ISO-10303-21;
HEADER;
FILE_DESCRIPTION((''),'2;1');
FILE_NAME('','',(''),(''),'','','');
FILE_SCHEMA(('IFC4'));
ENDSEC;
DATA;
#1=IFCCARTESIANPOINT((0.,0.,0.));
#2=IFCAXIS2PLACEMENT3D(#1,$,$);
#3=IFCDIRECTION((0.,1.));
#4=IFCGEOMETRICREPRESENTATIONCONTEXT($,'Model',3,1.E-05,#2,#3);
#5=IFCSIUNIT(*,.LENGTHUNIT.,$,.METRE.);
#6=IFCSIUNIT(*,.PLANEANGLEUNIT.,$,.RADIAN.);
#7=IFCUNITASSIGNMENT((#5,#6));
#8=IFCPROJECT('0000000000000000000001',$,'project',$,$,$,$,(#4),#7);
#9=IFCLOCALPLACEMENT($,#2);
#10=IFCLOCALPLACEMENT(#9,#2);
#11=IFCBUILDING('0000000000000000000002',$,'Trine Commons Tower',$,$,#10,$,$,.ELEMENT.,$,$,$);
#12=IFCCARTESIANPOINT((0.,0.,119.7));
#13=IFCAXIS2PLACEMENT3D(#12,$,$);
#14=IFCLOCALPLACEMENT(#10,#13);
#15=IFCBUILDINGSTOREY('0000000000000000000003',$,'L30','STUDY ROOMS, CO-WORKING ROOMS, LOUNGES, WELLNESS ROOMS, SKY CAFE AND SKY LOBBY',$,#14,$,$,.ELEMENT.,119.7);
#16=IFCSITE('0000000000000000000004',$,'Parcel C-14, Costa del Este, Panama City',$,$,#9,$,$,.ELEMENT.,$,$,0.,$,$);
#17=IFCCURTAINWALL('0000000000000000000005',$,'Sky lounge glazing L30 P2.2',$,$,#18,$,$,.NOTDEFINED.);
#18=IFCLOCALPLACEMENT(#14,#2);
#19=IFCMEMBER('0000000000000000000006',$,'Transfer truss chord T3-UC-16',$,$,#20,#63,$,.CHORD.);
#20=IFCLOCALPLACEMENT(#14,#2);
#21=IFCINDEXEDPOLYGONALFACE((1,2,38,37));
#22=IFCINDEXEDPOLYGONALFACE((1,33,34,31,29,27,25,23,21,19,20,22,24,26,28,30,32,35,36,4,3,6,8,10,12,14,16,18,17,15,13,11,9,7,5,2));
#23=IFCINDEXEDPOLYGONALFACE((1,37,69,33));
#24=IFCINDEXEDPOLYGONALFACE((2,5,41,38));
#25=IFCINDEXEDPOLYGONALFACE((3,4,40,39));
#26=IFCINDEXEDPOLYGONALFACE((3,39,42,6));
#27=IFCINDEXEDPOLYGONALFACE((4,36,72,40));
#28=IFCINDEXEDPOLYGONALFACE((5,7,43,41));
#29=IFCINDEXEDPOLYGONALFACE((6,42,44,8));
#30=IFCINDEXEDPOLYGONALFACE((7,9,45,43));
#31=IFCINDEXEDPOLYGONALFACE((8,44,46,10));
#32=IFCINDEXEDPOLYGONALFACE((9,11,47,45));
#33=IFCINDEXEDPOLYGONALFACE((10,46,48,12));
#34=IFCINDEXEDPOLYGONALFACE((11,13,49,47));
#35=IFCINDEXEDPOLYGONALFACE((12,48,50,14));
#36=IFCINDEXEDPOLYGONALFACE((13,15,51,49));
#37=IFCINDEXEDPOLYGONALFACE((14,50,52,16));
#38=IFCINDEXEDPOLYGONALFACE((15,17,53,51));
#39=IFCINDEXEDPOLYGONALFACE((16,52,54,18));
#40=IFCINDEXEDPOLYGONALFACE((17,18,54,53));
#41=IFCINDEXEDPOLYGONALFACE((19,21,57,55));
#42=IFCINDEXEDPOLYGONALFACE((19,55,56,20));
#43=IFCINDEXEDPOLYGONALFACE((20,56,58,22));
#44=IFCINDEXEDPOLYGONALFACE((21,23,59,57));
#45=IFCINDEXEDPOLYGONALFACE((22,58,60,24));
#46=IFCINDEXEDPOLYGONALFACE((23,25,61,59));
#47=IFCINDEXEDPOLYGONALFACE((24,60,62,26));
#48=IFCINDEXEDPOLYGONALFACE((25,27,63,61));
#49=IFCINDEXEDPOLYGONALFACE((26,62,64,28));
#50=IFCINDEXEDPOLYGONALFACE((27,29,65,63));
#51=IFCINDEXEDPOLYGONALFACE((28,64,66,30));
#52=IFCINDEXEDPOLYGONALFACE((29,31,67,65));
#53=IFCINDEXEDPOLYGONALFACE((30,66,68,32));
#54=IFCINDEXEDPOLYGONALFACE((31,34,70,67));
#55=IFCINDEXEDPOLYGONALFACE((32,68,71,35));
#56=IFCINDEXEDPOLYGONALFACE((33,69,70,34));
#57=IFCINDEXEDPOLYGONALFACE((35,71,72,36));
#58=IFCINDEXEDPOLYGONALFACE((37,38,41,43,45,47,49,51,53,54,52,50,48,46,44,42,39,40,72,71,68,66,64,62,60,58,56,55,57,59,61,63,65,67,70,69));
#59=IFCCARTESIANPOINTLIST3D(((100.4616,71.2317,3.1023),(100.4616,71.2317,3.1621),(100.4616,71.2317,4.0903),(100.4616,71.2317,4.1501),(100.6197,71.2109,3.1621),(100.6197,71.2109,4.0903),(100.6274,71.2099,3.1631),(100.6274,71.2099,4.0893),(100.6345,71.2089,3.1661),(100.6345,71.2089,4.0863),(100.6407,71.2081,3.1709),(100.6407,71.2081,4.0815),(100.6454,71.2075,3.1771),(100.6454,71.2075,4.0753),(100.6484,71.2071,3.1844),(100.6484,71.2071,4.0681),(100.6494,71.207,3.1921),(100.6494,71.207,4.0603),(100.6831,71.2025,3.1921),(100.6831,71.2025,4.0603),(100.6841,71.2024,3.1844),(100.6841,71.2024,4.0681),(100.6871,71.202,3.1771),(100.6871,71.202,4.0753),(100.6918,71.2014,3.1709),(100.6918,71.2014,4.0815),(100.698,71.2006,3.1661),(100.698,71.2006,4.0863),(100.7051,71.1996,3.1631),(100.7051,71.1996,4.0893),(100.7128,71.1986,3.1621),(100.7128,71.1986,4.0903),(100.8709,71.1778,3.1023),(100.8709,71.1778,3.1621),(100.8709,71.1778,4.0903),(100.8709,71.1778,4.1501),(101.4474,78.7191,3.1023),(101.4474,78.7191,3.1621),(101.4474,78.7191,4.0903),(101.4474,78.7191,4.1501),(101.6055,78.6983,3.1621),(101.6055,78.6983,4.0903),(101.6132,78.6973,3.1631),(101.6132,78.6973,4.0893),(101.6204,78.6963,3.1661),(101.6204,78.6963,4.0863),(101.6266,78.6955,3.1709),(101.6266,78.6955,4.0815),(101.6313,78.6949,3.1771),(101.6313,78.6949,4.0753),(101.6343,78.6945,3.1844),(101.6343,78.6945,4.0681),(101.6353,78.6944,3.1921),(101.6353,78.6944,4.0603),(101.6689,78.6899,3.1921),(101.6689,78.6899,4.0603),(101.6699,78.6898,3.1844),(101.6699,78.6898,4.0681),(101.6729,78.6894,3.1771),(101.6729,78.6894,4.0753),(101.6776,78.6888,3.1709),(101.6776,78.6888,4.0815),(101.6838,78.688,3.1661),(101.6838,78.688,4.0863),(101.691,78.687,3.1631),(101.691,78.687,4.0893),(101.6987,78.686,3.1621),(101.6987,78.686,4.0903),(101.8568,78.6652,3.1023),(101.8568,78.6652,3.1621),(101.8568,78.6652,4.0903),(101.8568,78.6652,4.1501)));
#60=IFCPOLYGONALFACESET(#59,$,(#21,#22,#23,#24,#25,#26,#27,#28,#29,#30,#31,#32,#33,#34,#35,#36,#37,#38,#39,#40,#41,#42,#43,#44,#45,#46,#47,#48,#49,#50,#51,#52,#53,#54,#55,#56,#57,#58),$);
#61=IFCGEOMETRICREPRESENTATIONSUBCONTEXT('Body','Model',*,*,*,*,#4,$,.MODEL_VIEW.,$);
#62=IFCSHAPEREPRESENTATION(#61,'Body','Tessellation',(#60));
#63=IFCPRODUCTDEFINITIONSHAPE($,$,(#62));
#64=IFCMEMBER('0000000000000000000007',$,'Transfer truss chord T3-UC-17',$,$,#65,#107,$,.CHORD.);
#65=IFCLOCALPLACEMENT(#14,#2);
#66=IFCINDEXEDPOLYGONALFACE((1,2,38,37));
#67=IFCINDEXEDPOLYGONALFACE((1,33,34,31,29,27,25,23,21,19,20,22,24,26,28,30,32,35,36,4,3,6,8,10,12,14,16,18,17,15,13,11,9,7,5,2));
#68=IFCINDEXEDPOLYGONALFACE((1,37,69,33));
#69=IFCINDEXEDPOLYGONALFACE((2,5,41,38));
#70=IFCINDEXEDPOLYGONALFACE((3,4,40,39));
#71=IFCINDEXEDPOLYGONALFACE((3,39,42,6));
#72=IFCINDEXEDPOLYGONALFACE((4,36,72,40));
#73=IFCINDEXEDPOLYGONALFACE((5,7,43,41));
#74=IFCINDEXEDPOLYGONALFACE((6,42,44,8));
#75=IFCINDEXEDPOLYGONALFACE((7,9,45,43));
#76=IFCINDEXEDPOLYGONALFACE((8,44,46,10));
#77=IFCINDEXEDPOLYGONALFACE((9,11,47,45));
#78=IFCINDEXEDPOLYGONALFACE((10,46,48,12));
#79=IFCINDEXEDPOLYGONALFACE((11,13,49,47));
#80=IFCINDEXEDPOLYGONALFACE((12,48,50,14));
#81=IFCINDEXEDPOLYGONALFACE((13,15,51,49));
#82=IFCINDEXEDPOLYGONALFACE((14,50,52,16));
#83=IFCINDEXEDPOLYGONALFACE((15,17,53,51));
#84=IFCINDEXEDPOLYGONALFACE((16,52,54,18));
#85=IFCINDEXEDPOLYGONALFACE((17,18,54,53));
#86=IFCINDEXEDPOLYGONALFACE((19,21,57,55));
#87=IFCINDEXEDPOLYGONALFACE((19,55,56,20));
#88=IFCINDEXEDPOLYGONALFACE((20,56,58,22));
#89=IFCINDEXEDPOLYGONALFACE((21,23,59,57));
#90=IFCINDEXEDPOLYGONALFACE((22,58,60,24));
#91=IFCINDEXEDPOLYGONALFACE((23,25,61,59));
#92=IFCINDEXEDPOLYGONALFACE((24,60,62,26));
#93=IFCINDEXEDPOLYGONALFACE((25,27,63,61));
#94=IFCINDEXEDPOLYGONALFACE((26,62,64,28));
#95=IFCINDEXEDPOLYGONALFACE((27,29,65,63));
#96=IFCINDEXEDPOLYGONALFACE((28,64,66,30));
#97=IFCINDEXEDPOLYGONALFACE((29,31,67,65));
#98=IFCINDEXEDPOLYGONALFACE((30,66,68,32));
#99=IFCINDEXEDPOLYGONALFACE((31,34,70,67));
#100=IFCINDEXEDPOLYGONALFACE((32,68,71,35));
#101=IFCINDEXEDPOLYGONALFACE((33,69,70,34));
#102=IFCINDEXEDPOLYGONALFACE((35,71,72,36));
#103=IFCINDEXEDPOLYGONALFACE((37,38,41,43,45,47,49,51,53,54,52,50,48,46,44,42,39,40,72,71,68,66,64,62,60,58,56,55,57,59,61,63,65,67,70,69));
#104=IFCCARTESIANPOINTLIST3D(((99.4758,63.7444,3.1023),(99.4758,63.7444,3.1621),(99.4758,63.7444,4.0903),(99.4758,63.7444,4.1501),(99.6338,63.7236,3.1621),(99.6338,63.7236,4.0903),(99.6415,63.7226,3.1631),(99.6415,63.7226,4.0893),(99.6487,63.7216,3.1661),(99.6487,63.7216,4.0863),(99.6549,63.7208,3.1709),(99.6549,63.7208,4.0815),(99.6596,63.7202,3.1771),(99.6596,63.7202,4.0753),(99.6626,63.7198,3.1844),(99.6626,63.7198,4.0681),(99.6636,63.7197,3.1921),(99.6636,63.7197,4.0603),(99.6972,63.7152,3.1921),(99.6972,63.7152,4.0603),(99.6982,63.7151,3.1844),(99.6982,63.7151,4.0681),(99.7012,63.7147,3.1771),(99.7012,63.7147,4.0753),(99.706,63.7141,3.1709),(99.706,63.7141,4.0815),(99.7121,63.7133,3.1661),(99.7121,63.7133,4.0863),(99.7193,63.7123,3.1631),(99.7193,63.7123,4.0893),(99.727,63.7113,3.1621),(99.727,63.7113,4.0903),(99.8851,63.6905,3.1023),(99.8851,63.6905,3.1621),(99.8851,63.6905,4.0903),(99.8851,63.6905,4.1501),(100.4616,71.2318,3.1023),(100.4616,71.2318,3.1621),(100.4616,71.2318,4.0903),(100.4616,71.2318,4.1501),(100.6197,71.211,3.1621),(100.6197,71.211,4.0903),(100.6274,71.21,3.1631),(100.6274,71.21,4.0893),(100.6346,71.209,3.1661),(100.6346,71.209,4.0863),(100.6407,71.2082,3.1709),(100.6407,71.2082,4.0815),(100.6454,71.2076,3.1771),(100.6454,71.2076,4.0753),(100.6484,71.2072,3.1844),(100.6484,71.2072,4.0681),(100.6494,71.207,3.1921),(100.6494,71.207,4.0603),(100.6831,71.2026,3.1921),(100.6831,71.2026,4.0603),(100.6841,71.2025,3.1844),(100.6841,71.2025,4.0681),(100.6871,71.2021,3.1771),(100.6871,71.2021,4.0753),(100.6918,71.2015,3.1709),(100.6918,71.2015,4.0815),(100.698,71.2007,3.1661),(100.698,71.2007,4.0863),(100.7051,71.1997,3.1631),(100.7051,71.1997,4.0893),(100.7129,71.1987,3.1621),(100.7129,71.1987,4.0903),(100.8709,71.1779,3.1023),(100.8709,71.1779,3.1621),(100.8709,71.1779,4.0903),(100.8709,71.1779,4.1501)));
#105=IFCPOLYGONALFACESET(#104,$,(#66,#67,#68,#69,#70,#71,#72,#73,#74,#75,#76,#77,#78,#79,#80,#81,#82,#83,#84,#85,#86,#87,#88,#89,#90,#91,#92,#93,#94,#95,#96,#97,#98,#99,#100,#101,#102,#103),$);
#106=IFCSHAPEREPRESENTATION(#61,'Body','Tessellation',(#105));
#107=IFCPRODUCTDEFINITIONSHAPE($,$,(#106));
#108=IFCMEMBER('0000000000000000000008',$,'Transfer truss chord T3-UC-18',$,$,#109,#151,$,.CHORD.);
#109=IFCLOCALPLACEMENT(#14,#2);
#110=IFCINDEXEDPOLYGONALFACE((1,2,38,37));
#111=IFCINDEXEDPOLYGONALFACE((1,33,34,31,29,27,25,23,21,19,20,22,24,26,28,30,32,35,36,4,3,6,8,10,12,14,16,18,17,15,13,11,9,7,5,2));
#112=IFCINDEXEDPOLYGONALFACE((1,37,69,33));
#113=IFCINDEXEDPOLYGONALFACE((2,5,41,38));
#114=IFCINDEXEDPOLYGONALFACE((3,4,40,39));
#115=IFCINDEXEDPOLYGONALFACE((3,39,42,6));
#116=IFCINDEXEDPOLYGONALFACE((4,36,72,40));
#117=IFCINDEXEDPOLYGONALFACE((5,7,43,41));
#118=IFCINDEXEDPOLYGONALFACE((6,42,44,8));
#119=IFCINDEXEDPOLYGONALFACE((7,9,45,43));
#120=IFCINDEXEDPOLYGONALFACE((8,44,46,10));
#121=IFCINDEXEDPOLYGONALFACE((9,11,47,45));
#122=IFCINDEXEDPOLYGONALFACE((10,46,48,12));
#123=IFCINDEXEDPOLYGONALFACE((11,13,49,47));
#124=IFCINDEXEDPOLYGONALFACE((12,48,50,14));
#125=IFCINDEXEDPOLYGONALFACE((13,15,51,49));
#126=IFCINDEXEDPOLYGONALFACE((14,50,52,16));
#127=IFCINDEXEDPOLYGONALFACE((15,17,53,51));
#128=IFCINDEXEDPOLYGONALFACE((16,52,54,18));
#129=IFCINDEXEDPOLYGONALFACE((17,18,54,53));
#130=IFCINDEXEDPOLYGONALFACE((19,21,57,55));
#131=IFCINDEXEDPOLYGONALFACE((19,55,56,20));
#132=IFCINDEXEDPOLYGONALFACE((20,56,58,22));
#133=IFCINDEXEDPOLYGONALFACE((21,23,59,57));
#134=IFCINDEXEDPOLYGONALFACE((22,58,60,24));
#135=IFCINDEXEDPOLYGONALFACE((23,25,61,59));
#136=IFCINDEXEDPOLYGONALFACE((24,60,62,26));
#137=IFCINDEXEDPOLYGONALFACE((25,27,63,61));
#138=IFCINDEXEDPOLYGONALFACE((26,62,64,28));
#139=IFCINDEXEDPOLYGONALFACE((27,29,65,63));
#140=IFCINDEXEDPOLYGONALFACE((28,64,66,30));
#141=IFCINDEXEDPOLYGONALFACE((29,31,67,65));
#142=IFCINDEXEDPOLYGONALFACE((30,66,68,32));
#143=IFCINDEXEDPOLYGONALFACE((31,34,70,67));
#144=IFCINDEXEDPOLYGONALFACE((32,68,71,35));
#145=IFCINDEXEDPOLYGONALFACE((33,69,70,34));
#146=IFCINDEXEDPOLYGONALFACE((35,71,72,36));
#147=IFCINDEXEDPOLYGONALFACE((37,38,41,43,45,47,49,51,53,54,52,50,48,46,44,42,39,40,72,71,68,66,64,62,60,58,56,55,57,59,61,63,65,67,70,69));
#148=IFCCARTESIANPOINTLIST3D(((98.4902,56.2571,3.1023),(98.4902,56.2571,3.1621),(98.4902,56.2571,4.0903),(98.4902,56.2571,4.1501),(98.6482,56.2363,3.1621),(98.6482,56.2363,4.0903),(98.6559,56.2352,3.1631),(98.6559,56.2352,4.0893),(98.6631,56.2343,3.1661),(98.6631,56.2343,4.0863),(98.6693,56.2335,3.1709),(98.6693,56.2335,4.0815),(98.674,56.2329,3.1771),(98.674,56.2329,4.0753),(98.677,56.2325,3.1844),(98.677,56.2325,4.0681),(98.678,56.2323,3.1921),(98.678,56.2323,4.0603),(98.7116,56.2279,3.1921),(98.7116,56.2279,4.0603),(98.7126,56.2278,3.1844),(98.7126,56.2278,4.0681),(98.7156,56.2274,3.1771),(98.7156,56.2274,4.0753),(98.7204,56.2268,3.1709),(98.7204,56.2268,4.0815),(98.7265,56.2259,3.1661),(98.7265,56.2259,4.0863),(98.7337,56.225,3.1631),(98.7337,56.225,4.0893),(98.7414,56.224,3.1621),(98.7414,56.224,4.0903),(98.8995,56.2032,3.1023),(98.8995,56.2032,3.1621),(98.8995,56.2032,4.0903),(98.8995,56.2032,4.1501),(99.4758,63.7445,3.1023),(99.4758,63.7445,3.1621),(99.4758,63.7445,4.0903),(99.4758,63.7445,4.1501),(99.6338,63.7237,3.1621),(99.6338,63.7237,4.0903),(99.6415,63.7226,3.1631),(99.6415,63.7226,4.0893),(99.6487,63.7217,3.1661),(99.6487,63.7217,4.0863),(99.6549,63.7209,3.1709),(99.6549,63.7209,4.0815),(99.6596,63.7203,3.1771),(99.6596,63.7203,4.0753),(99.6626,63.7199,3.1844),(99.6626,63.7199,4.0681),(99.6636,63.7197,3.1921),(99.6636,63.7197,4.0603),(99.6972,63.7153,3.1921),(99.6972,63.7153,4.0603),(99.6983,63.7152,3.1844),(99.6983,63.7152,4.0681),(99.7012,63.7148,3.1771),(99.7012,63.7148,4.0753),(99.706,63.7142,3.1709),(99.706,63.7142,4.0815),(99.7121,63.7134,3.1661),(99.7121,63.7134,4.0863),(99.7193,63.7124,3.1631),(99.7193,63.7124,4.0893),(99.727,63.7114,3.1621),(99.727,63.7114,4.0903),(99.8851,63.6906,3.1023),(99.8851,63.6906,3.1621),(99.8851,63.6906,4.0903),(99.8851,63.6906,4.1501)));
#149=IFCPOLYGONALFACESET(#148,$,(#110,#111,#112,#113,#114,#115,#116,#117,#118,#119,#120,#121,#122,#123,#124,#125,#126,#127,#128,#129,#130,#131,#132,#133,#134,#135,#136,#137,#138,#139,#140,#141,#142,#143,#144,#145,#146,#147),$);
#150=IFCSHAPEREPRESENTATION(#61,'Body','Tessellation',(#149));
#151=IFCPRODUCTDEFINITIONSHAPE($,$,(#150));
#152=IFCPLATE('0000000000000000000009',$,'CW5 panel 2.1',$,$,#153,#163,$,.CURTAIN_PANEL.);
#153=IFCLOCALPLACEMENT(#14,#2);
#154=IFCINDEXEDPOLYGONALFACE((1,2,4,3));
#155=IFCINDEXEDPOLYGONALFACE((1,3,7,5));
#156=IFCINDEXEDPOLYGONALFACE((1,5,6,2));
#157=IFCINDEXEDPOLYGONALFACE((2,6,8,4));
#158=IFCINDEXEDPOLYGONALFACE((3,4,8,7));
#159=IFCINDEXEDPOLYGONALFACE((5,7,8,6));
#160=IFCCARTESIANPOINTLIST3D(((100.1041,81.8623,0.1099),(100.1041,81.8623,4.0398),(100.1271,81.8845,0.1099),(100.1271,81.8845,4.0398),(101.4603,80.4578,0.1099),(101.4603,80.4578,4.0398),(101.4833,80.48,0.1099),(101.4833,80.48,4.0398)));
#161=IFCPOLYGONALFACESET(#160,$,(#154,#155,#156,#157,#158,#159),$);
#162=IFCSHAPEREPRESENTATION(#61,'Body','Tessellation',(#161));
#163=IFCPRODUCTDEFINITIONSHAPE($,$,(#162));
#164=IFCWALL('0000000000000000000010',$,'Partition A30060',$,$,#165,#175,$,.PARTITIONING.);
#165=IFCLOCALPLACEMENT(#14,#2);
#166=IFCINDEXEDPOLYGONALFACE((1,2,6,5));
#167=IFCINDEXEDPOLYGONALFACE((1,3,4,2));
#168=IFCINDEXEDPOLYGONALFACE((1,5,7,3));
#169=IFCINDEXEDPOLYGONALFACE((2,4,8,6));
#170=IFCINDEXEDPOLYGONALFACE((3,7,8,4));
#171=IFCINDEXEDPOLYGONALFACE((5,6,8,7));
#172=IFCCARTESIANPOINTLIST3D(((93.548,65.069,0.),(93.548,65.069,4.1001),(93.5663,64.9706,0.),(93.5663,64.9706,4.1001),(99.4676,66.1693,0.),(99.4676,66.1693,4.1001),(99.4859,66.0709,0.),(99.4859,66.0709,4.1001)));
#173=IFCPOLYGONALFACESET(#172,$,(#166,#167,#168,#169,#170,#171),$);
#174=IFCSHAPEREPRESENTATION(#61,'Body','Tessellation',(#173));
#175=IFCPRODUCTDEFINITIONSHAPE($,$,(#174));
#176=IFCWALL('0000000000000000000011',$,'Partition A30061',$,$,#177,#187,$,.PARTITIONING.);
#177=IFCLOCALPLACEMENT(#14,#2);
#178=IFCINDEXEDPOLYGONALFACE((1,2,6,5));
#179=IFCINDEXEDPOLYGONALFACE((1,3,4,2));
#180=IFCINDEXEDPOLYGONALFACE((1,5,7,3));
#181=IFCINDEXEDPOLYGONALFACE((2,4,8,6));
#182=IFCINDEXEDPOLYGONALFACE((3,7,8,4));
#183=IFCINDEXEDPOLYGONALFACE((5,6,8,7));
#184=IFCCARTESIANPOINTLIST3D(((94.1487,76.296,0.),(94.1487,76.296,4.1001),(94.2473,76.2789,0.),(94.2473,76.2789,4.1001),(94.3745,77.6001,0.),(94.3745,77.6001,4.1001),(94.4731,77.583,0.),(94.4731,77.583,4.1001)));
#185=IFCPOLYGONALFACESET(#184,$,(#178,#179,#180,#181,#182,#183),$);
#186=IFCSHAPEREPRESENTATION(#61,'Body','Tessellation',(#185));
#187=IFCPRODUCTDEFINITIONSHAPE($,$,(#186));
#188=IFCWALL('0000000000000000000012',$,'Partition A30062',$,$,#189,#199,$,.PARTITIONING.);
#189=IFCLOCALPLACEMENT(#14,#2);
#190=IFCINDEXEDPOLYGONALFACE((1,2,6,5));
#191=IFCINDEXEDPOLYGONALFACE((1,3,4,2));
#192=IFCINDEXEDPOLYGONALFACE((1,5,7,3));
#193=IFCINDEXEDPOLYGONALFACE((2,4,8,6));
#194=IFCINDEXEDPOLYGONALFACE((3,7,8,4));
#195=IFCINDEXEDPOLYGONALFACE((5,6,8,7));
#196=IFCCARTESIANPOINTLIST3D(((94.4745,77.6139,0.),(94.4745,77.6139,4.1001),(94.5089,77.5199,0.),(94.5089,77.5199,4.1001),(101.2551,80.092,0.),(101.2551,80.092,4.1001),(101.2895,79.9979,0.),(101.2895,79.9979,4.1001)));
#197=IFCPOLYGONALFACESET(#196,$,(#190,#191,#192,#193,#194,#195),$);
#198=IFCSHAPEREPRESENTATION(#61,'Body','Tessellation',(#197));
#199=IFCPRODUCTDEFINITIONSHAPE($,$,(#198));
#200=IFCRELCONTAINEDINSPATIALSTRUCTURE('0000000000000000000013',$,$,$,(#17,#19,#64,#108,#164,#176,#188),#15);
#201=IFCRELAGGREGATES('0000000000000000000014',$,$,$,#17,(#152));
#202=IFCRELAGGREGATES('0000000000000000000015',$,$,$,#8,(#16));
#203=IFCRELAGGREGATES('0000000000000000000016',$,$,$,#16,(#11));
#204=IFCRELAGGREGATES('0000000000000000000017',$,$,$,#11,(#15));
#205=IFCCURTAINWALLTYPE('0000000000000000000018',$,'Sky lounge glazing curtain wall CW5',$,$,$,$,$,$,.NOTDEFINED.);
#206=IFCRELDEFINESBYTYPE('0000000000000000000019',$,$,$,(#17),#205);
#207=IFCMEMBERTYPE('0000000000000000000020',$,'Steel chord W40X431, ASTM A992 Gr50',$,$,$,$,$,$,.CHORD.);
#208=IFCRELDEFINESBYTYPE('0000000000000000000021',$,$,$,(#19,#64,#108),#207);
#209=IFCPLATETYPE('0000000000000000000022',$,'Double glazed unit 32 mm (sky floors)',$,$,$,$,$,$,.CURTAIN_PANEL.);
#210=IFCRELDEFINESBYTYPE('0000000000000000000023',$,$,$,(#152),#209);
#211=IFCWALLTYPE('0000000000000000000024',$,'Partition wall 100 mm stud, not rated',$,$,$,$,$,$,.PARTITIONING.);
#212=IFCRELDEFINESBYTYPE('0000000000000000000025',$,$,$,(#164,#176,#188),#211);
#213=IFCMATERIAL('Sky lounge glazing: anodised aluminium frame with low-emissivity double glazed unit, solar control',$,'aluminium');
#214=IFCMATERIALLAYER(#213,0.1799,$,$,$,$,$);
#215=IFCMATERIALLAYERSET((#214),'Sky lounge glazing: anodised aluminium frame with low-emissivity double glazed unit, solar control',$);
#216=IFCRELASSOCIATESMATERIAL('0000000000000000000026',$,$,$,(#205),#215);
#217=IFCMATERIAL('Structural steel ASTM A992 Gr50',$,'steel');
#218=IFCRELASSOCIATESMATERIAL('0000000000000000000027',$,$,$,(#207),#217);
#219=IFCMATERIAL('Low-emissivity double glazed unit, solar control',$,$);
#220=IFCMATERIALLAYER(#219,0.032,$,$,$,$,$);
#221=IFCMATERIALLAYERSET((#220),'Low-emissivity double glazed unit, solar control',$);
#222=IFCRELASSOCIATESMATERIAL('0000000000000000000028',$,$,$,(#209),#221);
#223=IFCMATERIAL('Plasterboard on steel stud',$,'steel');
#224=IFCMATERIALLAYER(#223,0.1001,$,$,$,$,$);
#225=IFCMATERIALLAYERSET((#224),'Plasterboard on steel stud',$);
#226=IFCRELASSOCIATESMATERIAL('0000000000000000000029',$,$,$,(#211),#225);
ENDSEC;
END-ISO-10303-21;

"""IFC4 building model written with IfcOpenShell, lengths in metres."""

from ifc_helpers import new_model, si_unit, direction, frame, frame_2d, origin, origin_2d, place, context, subcontext, project, spatial, rectangle, i_section, extrude, material, layer, layer_set, material_profile, profile_set, type_object, element, aggregate, save


model = new_model("IFC4")

# Units and contexts
model_context = context("Model", 3, precision=1e-05, world=origin(), true_north=direction((0.0, 1.0)))
body_context = subcontext(model_context, "Body", "Model", "MODEL_VIEW")
ifc_project = project(units=[si_unit("LENGTHUNIT", "METRE"), si_unit("PLANEANGLEUNIT", "RADIAN")], contexts=[model_context])

# Site, building, storey
site_placement = place(None, origin())
site = spatial("IfcSite", under=ifc_project, at=site_placement, Name="Parcel C-14, Costa del Este, Panama City", CompositionType="ELEMENT", RefElevation=0.0)
building_placement = place(site_placement, origin())
building = spatial("IfcBuilding", under=site, at=building_placement, Name="Trine Commons Tower", CompositionType="ELEMENT")
storey_placement = place(building_placement, frame((0.0, 0.0, 119.7)))
storey = spatial("IfcBuildingStorey", under=building, at=storey_placement, Name="L30", Description="STUDY ROOMS, CO-WORKING ROOMS, LOUNGES, WELLNESS ROOMS, SKY CAFE AND SKY LOBBY", CompositionType="ELEMENT", Elevation=119.7)

# Curtain wall
ifc_material_1 = material(Name="Sky lounge glazing: anodised aluminium frame with low-emissivity double glazed unit, solar control", Category="aluminium")
ifc_layer_1 = layer(ifc_material_1, 0.1799)
ifc_layer_set_1 = layer_set([ifc_layer_1], Name="Sky lounge glazing: anodised aluminium frame with low-emissivity double glazed unit, solar control")
curtain_wall_type = type_object("IfcCurtainWallType", Name="Sky lounge glazing curtain wall CW5", PredefinedType="NOTDEFINED", material=ifc_layer_set_1)
curtain_wall_placement = place(storey_placement, origin())
curtain_wall = element("IfcCurtainWall", 1, at=curtain_wall_placement, inside=storey, type_object=curtain_wall_type, Name="Sky lounge glazing L30 P2.2", PredefinedType="NOTDEFINED")

# Members
ifc_material_2 = material(Name="Structural steel ASTM A992 Gr50", Category="steel")
ifc_material_profile_1 = material_profile(ifc_material_2, i_section(OverallWidth=0.4128, OverallDepth=1.0479, WebThickness=0.0339, FlangeThickness=0.0598, FilletRadius=0.03, at=origin_2d()), Name="W40X431")
ifc_profile_set_1 = profile_set([ifc_material_profile_1], Name="Structural steel ASTM A992 Gr50")
member_type_1 = type_object("IfcMemberType", Name="Steel chord W40X431, ASTM A992 Gr50", PredefinedType="CHORD", material=ifc_profile_set_1)
for number, where, z_axis, x_axis, name in (
    (2, (101.6521, 78.6921, 3.6262), (-0.130541, -0.991443, 0.0), (0.991443, -0.130541, 0.0), "Transfer truss chord T3-UC-16"),
    (3, (100.6663, 71.2048, 3.6262), (-0.130541, -0.991443, 0.0), (0.991443, -0.130541, 0.0), "Transfer truss chord T3-UC-17"),
    (4, (99.6804, 63.7175, 3.6262), (-0.13051, -0.991447, 0.0), (0.991447, -0.13051, 0.0), "Transfer truss chord T3-UC-18"),
):
    element("IfcMember", number, at=place(storey_placement, frame(where, z_axis=z_axis, x_axis=x_axis)), inside=storey, type_object=member_type_1, Name=name, PredefinedType="CHORD", context=body_context, shape_type="SweptSolid", body=[
        extrude(i_section(OverallWidth=0.4128, OverallDepth=1.0479, WebThickness=0.0339, FlangeThickness=0.0598, FilletRadius=0.03, at=origin_2d()), origin(), (0.0, 0.0, 1.0), 7.552),
    ])

# Plate
ifc_material_3 = material(Name="Low-emissivity double glazed unit, solar control")
ifc_layer_2 = layer(ifc_material_3, 0.032)
ifc_layer_set_2 = layer_set([ifc_layer_2], Name="Low-emissivity double glazed unit, solar control")
plate_type = type_object("IfcPlateType", Name="Double glazed unit 32 mm (sky floors)", PredefinedType="CURTAIN_PANEL", material=ifc_layer_set_2)
plate_placement = place(storey_placement, frame((100.7937, 81.1711, 0.1099), z_axis=(0.0, 0.0, 1.0), x_axis=(0.694658, -0.71934, 0.0)))
plate = element("IfcPlate", 5, at=plate_placement, type_object=plate_type, Name="CW5 panel 2.1", PredefinedType="CURTAIN_PANEL", context=body_context, shape_type="SweptSolid", body=[
    extrude(rectangle(XDim=1.9524, YDim=0.032, at=origin_2d()), origin(), (0.0, 0.0, 1.0), 3.9299),
])
aggregate(curtain_wall, [plate])

# Walls
ifc_material_4 = material(Name="Plasterboard on steel stud", Category="steel")
ifc_layer_3 = layer(ifc_material_4, 0.1001)
ifc_layer_set_3 = layer_set([ifc_layer_3], Name="Plasterboard on steel stud")
wall_type_1 = type_object("IfcWallType", Name="Partition wall 100 mm stud, not rated", PredefinedType="PARTITIONING", material=ifc_layer_set_3)
wall_1_placement = place(storey_placement, frame((93.5571, 65.0198, 0.0), z_axis=(0.0, 0.0, 1.0), x_axis=(0.98316, 0.182748, 0.0)))
element("IfcWall", 6, at=wall_1_placement, inside=storey, type_object=wall_type_1, Name="Partition A30060", PredefinedType="PARTITIONING", context=body_context, shape_type="SweptSolid", body=[
    extrude(rectangle(XDim=6.021, YDim=0.1001, at=frame_2d((3.0105, 0.0))), origin(), (0.0, 0.0, 1.0), 4.1001),
])
wall_2_placement = place(storey_placement, frame((94.198, 76.2876, 0.0), z_axis=(0.0, 0.0, 1.0), x_axis=(0.170648, 0.985332, 0.0)))
element("IfcWall", 7, at=wall_2_placement, inside=storey, type_object=wall_type_1, Name="Partition A30061", PredefinedType="PARTITIONING", context=body_context, shape_type="SweptSolid", body=[
    extrude(rectangle(XDim=1.3235, YDim=0.1001, at=frame_2d((0.6616, 0.0))), origin(), (0.0, 0.0, 1.0), 4.1001),
])
wall_3_placement = place(storey_placement, frame((94.4917, 77.5669, 0.0), z_axis=(0.0, 0.0, 1.0), x_axis=(0.939241, 0.343258, 0.0)))
element("IfcWall", 8, at=wall_3_placement, inside=storey, type_object=wall_type_1, Name="Partition A30062", PredefinedType="PARTITIONING", context=body_context, shape_type="SweptSolid", body=[
    extrude(rectangle(XDim=7.2192, YDim=0.1001, at=frame_2d((3.6096, 0.0))), origin(), (0.0, 0.0, 1.0), 4.1001),
])

save(model, "model.ifc")
